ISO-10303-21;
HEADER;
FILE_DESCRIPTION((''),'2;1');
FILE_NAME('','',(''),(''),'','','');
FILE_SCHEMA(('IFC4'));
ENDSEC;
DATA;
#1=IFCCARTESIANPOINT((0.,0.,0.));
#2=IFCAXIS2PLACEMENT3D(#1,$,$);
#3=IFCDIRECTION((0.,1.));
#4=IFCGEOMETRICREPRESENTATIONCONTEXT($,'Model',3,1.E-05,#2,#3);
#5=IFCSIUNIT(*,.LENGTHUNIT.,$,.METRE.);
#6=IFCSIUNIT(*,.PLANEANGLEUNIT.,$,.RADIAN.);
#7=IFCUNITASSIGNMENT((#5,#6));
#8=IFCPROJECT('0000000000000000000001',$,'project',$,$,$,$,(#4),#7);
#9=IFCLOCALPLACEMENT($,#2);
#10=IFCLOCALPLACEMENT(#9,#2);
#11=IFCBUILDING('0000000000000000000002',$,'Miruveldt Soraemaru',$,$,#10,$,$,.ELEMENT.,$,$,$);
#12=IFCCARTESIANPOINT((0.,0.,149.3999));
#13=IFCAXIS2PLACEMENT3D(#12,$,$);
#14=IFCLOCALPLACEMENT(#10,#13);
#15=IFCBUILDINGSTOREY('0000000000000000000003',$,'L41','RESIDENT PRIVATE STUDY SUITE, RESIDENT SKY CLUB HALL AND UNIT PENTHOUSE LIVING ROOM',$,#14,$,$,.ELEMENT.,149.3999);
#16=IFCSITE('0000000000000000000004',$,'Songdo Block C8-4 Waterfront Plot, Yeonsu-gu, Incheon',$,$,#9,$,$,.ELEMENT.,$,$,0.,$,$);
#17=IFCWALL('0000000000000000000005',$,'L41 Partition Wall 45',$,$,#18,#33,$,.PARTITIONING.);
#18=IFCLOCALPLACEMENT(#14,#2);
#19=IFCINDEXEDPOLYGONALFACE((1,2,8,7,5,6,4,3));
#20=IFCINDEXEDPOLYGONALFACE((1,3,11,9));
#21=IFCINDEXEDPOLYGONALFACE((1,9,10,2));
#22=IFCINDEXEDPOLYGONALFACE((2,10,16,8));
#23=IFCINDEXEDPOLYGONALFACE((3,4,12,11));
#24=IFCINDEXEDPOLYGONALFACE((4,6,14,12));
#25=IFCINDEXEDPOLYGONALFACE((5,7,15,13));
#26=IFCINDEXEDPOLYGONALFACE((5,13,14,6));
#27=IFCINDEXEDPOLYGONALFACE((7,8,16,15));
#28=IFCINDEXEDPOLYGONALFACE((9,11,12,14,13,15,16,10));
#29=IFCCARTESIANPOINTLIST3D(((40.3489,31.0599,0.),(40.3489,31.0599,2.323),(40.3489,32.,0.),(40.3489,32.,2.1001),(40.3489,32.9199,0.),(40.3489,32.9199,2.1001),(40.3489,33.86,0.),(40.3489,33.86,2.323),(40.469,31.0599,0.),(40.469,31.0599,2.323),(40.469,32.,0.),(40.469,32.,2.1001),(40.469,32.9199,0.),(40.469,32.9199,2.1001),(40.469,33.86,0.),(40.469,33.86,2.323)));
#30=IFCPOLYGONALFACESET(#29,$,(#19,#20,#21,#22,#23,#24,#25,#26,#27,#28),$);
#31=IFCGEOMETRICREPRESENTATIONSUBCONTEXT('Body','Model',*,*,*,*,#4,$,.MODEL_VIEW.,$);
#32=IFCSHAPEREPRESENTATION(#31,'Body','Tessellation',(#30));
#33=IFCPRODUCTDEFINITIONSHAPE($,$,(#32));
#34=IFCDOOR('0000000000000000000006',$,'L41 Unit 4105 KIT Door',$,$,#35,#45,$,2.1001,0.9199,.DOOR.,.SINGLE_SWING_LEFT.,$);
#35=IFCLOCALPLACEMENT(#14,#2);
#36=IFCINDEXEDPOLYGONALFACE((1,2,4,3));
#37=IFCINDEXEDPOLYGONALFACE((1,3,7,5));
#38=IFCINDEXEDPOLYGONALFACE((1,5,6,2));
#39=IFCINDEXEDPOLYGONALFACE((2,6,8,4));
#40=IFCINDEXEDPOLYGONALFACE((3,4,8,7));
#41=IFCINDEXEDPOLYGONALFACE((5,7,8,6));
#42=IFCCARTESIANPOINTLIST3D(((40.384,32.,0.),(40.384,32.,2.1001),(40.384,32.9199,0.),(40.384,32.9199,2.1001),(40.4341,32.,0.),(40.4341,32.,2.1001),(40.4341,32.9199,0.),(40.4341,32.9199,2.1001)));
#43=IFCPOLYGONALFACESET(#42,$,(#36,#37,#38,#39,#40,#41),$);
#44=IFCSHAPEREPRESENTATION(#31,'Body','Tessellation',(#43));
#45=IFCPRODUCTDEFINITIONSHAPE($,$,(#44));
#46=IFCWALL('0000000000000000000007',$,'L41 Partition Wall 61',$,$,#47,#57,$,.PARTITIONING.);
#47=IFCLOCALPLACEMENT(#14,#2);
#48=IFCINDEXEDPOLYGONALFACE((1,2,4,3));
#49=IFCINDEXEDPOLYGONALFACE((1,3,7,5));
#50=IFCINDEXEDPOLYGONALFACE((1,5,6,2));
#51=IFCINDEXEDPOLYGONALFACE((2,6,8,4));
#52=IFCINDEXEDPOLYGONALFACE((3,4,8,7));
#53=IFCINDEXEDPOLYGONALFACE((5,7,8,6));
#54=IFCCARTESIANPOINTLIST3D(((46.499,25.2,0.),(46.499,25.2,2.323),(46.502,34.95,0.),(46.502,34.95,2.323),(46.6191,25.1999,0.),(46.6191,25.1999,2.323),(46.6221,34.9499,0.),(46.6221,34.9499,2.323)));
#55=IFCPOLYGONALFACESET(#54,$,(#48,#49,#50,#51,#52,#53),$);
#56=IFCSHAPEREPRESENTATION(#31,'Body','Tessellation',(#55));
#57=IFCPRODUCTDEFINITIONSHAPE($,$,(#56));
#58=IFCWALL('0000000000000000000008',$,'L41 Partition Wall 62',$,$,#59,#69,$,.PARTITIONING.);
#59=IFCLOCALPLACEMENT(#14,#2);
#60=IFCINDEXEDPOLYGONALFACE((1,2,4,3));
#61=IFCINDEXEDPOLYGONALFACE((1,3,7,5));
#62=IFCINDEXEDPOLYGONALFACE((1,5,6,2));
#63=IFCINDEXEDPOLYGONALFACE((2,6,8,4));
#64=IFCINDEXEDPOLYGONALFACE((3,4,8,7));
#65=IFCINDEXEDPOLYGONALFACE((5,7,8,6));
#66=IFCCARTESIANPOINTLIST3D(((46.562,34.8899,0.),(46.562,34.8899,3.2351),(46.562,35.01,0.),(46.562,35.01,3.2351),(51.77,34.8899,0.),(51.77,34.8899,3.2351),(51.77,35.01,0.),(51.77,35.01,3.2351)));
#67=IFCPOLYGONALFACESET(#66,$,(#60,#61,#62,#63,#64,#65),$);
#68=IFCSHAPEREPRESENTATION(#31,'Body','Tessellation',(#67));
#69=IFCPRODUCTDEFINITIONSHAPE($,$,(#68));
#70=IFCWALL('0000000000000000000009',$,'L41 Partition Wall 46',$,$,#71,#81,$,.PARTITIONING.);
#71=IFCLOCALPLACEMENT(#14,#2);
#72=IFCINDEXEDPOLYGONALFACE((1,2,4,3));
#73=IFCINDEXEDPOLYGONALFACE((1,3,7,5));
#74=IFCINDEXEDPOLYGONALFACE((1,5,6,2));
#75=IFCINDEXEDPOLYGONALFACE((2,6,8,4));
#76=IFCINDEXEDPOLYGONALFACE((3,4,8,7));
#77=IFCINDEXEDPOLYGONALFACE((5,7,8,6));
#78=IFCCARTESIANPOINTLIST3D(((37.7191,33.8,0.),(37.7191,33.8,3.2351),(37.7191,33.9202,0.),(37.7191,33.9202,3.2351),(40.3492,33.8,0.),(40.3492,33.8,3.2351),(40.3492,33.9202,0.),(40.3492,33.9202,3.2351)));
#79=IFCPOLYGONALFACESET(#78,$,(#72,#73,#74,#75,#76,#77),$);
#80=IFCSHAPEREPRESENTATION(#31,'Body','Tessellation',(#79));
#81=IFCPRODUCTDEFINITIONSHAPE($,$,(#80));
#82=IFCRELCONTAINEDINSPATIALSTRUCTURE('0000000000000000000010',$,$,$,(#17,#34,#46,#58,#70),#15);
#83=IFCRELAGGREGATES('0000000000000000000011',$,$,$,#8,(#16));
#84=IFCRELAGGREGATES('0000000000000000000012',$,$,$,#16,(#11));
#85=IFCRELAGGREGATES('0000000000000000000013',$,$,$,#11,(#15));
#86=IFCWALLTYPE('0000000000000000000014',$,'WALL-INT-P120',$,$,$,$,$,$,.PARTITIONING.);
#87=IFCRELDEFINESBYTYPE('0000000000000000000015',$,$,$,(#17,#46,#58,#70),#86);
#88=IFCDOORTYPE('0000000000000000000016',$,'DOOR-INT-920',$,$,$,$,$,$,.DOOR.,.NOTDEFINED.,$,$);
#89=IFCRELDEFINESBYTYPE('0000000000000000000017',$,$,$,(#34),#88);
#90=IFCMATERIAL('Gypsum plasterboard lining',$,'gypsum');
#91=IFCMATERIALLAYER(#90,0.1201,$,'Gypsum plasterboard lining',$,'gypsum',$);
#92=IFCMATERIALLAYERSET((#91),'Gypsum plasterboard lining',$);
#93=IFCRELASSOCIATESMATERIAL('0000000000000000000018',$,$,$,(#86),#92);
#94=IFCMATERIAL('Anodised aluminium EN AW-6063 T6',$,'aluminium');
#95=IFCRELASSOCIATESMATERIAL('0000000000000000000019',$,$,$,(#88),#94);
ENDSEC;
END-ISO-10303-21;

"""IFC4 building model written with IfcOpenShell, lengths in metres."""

from ifc_helpers import new_model, si_unit, direction, frame, frame_2d, origin, place, context, subcontext, project, spatial, rectangle, extrude, material, layer, layer_set, type_object, element, fill, save


model = new_model("IFC4")

# Units and contexts
model_context = context("Model", 3, precision=1e-05, world=origin(), true_north=direction((0.0, 1.0)))
body_context = subcontext(model_context, "Body", "Model", "MODEL_VIEW")
ifc_project = project(units=[si_unit("LENGTHUNIT", "METRE"), si_unit("PLANEANGLEUNIT", "RADIAN")], contexts=[model_context])

# Site, building, storey
site_placement = place(None, origin())
site = spatial("IfcSite", under=ifc_project, at=site_placement, Name="Songdo Block C8-4 Waterfront Plot, Yeonsu-gu, Incheon", CompositionType="ELEMENT", RefElevation=0.0)
building_placement = place(site_placement, origin())
building = spatial("IfcBuilding", under=site, at=building_placement, Name="Miruveldt Soraemaru", CompositionType="ELEMENT")
storey_placement = place(building_placement, frame((0.0, 0.0, 149.3999)))
storey = spatial("IfcBuildingStorey", under=building, at=storey_placement, Name="L41", Description="RESIDENT PRIVATE STUDY SUITE, RESIDENT SKY CLUB HALL AND UNIT PENTHOUSE LIVING ROOM", CompositionType="ELEMENT", Elevation=149.3999)

# Wall, opening, door
ifc_material_1 = material(Name="Gypsum plasterboard lining", Category="gypsum")
ifc_layer_1 = layer(ifc_material_1, 0.1201, Name="Gypsum plasterboard lining", Category="gypsum")
ifc_layer_set_1 = layer_set([ifc_layer_1], Name="Gypsum plasterboard lining")
wall_type_1 = type_object("IfcWallType", Name="WALL-INT-P120", PredefinedType="PARTITIONING", material=ifc_layer_set_1)
wall_1_placement = place(storey_placement, frame((40.4089, 31.0601, 0.0), z_axis=(0.0, 0.0, 1.0), x_axis=(0.0, 1.0, 0.0)))
wall_1 = element("IfcWall", 1, at=wall_1_placement, inside=storey, type_object=wall_type_1, Name="L41 Partition Wall 45", PredefinedType="PARTITIONING", context=body_context, shape_type="SweptSolid", body=[
    extrude(rectangle(XDim=2.8, YDim=0.1201, at=frame_2d((1.3999, 0.0))), origin(), (0.0, 0.0, 1.0), 2.323),
])
opening_1_placement = place(wall_1_placement, frame((0.9399, 0.0, 0.0)))
opening_1 = element("IfcOpeningElement", 2, at=opening_1_placement, cuts=wall_1, PredefinedType="OPENING", context=body_context, shape_type="SweptSolid", body=[
    extrude(rectangle(XDim=0.9199, YDim=2.1001, at=frame_2d((0.46, 1.05))), frame((0.0, 0.0701, 0.0), z_axis=(0.0, -1.0, 0.0), x_axis=(1.0, 0.0, 0.0)), (0.0, 0.0, 1.0), 0.1401),
])
ifc_material_2 = material(Name="Anodised aluminium EN AW-6063 T6", Category="aluminium")
door_type = type_object("IfcDoorType", Name="DOOR-INT-920", OperationType="NOTDEFINED", PredefinedType="DOOR", material=ifc_material_2)
door_placement = place(opening_1_placement, origin())
door = element("IfcDoor", 3, at=door_placement, inside=storey, type_object=door_type, Name="L41 Unit 4105 KIT Door", OperationType="SINGLE_SWING_LEFT", OverallHeight=2.1001, OverallWidth=0.9199, PredefinedType="DOOR", context=body_context, shape_type="SweptSolid", body=[
    extrude(rectangle(XDim=0.9199, YDim=2.1001, at=frame_2d((0.46, 1.05))), frame((0.0, 0.0249, 0.0), z_axis=(0.0, -1.0, 0.0), x_axis=(1.0, 0.0, 0.0)), (0.0, 0.0, 1.0), 0.05),
])
fill(opening_1, door)

# Walls
wall_2_placement = place(storey_placement, frame((46.5591, 25.2, 0.0), z_axis=(0.0, 0.0, 1.0), x_axis=(0.0003, 1.0, 0.0)))
element("IfcWall", 4, at=wall_2_placement, inside=storey, type_object=wall_type_1, Name="L41 Partition Wall 61", PredefinedType="PARTITIONING", context=body_context, shape_type="SweptSolid", body=[
    extrude(rectangle(XDim=9.75, YDim=0.1201, at=frame_2d((4.875, 0.0))), origin(), (0.0, 0.0, 1.0), 2.323),
])
wall_3_placement = place(storey_placement, frame((46.562, 34.95, 0.0), z_axis=(0.0, 0.0, 1.0), x_axis=(1.0, 0.0, 0.0)))
element("IfcWall", 5, at=wall_3_placement, inside=storey, type_object=wall_type_1, Name="L41 Partition Wall 62", PredefinedType="PARTITIONING", context=body_context, shape_type="SweptSolid", body=[
    extrude(rectangle(XDim=5.208, YDim=0.1201, at=frame_2d((2.604, 0.0))), origin(), (0.0, 0.0, 1.0), 3.2351),
])
wall_4_placement = place(storey_placement, frame((40.3491, 33.8601, 0.0), z_axis=(0.0, 0.0, 1.0), x_axis=(-1.0, 0.0, 0.0)))
element("IfcWall", 6, at=wall_4_placement, inside=storey, type_object=wall_type_1, Name="L41 Partition Wall 46", PredefinedType="PARTITIONING", context=body_context, shape_type="SweptSolid", body=[
    extrude(rectangle(XDim=2.6301, YDim=0.1201, at=frame_2d((1.3149, 0.0))), origin(), (0.0, 0.0, 1.0), 3.2351),
])

save(model, "model.ifc")
